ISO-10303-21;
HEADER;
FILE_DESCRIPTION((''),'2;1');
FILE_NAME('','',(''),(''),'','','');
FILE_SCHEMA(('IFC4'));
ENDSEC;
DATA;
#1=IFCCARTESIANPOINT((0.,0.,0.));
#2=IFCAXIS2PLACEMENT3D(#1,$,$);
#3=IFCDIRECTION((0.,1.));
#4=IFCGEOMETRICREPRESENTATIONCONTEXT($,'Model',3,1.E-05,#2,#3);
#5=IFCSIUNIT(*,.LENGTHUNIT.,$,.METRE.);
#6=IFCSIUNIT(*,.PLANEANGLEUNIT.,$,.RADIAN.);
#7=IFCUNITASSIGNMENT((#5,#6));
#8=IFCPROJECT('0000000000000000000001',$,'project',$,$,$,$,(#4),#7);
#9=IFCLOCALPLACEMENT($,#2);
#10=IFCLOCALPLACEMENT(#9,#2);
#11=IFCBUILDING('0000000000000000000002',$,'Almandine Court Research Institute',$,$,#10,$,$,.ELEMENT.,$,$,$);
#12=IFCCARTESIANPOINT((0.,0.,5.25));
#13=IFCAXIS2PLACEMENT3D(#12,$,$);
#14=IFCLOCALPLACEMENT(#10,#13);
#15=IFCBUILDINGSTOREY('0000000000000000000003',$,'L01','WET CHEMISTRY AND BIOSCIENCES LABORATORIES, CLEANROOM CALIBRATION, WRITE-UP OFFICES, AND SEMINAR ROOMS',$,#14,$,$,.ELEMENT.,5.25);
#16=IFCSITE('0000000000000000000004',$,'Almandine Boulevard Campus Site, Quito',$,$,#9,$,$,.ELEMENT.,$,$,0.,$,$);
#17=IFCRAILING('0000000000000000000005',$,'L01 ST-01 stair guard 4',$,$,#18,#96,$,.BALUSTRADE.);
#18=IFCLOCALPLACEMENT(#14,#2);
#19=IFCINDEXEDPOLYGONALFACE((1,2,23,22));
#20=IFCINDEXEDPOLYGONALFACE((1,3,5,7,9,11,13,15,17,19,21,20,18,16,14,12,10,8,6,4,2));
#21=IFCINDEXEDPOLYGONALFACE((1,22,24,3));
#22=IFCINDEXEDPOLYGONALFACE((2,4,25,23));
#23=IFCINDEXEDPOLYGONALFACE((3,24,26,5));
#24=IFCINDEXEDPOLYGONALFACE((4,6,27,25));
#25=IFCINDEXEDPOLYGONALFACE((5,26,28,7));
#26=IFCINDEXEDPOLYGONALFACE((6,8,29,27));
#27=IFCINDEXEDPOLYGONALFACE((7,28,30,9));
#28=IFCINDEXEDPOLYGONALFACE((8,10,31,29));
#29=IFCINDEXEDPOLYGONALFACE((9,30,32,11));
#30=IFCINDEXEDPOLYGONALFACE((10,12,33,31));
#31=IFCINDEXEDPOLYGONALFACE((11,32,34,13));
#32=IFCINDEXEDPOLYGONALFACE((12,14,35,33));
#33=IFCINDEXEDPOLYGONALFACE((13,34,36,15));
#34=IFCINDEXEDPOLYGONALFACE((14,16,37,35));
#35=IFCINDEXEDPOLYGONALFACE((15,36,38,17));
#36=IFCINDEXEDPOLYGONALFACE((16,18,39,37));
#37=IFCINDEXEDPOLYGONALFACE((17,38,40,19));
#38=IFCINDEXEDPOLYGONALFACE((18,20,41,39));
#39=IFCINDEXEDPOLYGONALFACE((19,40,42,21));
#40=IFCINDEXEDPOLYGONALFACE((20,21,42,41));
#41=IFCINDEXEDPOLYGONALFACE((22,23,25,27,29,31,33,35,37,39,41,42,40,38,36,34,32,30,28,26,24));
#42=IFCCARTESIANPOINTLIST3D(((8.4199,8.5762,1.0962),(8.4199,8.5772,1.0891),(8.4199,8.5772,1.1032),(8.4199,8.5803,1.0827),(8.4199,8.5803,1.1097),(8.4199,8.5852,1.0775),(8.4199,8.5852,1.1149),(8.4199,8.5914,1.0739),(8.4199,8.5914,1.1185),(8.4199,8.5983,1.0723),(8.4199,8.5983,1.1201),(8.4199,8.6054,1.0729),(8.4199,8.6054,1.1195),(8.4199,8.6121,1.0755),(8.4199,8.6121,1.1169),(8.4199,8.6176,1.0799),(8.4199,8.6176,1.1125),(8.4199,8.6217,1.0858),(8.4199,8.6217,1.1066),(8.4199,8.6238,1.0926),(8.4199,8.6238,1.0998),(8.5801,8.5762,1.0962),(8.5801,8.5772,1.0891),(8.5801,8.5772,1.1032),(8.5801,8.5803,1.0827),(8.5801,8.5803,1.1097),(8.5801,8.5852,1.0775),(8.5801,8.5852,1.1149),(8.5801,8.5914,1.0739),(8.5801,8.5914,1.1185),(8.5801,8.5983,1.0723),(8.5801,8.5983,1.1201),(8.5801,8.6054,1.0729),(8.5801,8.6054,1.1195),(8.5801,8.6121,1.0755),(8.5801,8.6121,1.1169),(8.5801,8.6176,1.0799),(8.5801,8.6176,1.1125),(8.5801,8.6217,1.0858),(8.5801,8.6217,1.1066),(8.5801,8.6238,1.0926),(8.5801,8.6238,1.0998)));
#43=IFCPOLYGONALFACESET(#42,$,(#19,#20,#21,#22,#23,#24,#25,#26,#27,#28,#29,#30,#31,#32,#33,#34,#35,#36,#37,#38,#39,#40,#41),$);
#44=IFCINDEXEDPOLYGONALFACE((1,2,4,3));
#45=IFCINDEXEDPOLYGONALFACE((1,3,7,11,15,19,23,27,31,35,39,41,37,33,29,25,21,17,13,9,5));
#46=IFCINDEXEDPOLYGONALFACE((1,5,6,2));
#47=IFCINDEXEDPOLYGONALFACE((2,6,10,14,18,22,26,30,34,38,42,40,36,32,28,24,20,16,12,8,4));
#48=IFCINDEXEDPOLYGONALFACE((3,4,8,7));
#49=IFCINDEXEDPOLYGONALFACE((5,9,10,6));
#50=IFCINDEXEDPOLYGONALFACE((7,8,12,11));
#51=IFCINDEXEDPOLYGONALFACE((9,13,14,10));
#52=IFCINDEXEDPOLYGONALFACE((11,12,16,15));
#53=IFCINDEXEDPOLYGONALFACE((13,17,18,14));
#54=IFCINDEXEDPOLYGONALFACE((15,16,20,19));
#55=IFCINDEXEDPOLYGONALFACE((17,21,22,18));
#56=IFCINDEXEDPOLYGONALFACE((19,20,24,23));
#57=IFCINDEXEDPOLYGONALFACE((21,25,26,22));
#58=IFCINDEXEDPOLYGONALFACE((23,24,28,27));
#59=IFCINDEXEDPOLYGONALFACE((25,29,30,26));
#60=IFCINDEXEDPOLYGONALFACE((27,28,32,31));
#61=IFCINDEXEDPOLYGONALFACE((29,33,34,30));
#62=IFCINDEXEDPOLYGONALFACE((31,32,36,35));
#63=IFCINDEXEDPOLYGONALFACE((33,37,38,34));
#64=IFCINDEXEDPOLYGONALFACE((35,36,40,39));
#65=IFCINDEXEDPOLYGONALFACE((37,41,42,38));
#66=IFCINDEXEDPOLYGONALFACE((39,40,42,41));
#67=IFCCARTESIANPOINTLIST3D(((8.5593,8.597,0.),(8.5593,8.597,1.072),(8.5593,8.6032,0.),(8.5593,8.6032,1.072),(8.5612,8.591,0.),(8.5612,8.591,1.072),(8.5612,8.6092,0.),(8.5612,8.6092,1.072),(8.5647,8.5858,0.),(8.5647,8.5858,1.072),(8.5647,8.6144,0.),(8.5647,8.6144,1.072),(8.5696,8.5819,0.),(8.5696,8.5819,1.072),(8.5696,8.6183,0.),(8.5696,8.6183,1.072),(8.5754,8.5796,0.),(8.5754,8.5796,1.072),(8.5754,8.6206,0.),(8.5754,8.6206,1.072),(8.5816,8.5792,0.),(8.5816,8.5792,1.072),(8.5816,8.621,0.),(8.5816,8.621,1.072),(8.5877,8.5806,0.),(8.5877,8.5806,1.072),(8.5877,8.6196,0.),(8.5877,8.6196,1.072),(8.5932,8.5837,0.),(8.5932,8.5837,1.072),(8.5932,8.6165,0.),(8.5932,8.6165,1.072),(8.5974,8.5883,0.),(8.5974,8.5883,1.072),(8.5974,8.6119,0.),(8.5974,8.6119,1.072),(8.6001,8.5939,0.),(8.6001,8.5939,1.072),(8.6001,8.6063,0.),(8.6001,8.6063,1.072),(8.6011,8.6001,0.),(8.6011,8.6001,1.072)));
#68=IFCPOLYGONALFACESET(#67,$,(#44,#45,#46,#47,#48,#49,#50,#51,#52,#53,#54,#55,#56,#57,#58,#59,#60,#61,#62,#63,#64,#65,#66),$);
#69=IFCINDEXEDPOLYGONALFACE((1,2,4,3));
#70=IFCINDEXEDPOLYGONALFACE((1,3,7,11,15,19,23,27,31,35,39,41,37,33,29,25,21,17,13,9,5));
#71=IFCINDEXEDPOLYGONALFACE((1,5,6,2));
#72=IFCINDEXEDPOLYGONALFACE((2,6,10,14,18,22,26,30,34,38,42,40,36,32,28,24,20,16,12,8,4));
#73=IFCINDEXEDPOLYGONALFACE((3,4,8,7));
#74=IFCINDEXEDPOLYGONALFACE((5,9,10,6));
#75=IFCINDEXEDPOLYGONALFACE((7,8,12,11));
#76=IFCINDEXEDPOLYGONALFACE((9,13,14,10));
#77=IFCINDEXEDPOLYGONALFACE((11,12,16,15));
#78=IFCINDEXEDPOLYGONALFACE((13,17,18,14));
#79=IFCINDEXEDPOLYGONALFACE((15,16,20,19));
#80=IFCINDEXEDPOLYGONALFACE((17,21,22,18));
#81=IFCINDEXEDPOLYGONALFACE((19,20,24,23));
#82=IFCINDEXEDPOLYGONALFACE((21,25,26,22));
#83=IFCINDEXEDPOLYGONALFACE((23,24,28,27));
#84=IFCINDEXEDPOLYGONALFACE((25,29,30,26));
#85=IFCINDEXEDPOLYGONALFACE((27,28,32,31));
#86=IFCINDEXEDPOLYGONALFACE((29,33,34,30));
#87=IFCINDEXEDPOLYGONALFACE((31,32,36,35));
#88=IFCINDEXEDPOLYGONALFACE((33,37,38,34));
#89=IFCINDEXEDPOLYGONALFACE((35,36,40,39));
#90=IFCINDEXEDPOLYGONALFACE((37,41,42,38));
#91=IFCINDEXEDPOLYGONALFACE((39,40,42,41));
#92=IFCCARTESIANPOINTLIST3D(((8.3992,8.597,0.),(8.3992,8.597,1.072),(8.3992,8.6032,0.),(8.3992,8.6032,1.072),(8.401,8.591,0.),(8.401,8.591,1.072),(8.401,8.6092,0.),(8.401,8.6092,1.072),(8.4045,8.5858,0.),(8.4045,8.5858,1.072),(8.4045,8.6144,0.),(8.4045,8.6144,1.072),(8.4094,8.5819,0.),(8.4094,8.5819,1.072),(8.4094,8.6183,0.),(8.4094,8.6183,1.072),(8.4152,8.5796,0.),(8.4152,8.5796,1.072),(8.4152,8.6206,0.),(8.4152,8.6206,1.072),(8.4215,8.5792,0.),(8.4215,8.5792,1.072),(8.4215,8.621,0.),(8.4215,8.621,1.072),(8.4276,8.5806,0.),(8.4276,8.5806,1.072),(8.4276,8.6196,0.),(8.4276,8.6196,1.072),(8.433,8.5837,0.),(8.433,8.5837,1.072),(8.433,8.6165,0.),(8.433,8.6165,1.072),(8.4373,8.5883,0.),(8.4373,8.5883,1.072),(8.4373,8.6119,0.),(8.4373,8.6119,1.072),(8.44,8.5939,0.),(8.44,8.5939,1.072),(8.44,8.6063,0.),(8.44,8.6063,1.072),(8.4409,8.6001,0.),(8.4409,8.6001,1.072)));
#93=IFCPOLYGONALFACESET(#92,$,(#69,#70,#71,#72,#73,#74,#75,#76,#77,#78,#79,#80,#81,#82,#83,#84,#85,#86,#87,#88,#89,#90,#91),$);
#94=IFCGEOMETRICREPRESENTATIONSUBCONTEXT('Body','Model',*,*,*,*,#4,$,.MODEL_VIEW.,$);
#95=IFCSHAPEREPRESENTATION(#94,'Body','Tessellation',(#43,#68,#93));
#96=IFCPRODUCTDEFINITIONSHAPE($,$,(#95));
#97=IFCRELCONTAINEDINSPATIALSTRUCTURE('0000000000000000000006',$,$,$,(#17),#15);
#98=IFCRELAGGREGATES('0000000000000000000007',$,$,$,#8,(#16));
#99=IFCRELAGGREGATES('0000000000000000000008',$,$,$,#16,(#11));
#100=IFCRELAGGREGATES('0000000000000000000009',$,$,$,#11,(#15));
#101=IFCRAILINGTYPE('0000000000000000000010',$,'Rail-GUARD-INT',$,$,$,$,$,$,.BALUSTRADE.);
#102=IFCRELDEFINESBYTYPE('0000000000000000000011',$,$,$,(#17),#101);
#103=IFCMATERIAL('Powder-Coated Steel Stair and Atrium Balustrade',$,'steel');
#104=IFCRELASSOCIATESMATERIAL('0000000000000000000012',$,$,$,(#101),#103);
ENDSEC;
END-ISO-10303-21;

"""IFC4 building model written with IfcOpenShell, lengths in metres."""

from ifc_helpers import new_model, si_unit, direction, frame, origin, origin_2d, place, context, subcontext, project, spatial, circle, extrude, material, type_object, element, save


model = new_model("IFC4")

# Units and contexts
model_context = context("Model", 3, precision=1e-05, world=origin(), true_north=direction((0.0, 1.0)))
body_context = subcontext(model_context, "Body", "Model", "MODEL_VIEW")
ifc_project = project(units=[si_unit("LENGTHUNIT", "METRE"), si_unit("PLANEANGLEUNIT", "RADIAN")], contexts=[model_context])

# Site, building, storey
site_placement = place(None, origin())
site = spatial("IfcSite", under=ifc_project, at=site_placement, Name="Almandine Boulevard Campus Site, Quito", CompositionType="ELEMENT", RefElevation=0.0)
building_placement = place(site_placement, origin())
building = spatial("IfcBuilding", under=site, at=building_placement, Name="Almandine Court Research Institute", CompositionType="ELEMENT")
storey_placement = place(building_placement, frame((0.0, 0.0, 5.25)))
storey = spatial("IfcBuildingStorey", under=building, at=storey_placement, Name="L01", Description="WET CHEMISTRY AND BIOSCIENCES LABORATORIES, CLEANROOM CALIBRATION, WRITE-UP OFFICES, AND SEMINAR ROOMS", CompositionType="ELEMENT", Elevation=5.25)

# Railing
ifc_material_1 = material(Name="Powder-Coated Steel Stair and Atrium Balustrade", Category="steel")
railing_type_1 = type_object("IfcRailingType", Name="Rail-GUARD-INT", PredefinedType="BALUSTRADE", material=ifc_material_1)
railing_1_placement = place(storey_placement, frame((8.5801, 8.6001, 0.0)))
element("IfcRailing", 1, at=railing_1_placement, inside=storey, type_object=railing_type_1, Name="L01 ST-01 stair guard 4", PredefinedType="BALUSTRADE", context=body_context, shape_type="SweptSolid", body=[
    extrude(circle(Radius=0.0239, at=origin_2d()), frame((0.0, 0.0, 1.0962), z_axis=(-1.0, 0.0, 0.0), x_axis=(0.0, -1.0, 0.0)), (0.0, 0.0, 1.0), 0.1602),
    extrude(circle(Radius=0.021, at=origin_2d()), origin(), (0.0, 0.0, 1.0), 1.072),
    extrude(circle(Radius=0.021, at=origin_2d()), frame((-0.1602, 0.0, 0.0)), (0.0, 0.0, 1.0), 1.072),
])

save(model, "model.ifc")
